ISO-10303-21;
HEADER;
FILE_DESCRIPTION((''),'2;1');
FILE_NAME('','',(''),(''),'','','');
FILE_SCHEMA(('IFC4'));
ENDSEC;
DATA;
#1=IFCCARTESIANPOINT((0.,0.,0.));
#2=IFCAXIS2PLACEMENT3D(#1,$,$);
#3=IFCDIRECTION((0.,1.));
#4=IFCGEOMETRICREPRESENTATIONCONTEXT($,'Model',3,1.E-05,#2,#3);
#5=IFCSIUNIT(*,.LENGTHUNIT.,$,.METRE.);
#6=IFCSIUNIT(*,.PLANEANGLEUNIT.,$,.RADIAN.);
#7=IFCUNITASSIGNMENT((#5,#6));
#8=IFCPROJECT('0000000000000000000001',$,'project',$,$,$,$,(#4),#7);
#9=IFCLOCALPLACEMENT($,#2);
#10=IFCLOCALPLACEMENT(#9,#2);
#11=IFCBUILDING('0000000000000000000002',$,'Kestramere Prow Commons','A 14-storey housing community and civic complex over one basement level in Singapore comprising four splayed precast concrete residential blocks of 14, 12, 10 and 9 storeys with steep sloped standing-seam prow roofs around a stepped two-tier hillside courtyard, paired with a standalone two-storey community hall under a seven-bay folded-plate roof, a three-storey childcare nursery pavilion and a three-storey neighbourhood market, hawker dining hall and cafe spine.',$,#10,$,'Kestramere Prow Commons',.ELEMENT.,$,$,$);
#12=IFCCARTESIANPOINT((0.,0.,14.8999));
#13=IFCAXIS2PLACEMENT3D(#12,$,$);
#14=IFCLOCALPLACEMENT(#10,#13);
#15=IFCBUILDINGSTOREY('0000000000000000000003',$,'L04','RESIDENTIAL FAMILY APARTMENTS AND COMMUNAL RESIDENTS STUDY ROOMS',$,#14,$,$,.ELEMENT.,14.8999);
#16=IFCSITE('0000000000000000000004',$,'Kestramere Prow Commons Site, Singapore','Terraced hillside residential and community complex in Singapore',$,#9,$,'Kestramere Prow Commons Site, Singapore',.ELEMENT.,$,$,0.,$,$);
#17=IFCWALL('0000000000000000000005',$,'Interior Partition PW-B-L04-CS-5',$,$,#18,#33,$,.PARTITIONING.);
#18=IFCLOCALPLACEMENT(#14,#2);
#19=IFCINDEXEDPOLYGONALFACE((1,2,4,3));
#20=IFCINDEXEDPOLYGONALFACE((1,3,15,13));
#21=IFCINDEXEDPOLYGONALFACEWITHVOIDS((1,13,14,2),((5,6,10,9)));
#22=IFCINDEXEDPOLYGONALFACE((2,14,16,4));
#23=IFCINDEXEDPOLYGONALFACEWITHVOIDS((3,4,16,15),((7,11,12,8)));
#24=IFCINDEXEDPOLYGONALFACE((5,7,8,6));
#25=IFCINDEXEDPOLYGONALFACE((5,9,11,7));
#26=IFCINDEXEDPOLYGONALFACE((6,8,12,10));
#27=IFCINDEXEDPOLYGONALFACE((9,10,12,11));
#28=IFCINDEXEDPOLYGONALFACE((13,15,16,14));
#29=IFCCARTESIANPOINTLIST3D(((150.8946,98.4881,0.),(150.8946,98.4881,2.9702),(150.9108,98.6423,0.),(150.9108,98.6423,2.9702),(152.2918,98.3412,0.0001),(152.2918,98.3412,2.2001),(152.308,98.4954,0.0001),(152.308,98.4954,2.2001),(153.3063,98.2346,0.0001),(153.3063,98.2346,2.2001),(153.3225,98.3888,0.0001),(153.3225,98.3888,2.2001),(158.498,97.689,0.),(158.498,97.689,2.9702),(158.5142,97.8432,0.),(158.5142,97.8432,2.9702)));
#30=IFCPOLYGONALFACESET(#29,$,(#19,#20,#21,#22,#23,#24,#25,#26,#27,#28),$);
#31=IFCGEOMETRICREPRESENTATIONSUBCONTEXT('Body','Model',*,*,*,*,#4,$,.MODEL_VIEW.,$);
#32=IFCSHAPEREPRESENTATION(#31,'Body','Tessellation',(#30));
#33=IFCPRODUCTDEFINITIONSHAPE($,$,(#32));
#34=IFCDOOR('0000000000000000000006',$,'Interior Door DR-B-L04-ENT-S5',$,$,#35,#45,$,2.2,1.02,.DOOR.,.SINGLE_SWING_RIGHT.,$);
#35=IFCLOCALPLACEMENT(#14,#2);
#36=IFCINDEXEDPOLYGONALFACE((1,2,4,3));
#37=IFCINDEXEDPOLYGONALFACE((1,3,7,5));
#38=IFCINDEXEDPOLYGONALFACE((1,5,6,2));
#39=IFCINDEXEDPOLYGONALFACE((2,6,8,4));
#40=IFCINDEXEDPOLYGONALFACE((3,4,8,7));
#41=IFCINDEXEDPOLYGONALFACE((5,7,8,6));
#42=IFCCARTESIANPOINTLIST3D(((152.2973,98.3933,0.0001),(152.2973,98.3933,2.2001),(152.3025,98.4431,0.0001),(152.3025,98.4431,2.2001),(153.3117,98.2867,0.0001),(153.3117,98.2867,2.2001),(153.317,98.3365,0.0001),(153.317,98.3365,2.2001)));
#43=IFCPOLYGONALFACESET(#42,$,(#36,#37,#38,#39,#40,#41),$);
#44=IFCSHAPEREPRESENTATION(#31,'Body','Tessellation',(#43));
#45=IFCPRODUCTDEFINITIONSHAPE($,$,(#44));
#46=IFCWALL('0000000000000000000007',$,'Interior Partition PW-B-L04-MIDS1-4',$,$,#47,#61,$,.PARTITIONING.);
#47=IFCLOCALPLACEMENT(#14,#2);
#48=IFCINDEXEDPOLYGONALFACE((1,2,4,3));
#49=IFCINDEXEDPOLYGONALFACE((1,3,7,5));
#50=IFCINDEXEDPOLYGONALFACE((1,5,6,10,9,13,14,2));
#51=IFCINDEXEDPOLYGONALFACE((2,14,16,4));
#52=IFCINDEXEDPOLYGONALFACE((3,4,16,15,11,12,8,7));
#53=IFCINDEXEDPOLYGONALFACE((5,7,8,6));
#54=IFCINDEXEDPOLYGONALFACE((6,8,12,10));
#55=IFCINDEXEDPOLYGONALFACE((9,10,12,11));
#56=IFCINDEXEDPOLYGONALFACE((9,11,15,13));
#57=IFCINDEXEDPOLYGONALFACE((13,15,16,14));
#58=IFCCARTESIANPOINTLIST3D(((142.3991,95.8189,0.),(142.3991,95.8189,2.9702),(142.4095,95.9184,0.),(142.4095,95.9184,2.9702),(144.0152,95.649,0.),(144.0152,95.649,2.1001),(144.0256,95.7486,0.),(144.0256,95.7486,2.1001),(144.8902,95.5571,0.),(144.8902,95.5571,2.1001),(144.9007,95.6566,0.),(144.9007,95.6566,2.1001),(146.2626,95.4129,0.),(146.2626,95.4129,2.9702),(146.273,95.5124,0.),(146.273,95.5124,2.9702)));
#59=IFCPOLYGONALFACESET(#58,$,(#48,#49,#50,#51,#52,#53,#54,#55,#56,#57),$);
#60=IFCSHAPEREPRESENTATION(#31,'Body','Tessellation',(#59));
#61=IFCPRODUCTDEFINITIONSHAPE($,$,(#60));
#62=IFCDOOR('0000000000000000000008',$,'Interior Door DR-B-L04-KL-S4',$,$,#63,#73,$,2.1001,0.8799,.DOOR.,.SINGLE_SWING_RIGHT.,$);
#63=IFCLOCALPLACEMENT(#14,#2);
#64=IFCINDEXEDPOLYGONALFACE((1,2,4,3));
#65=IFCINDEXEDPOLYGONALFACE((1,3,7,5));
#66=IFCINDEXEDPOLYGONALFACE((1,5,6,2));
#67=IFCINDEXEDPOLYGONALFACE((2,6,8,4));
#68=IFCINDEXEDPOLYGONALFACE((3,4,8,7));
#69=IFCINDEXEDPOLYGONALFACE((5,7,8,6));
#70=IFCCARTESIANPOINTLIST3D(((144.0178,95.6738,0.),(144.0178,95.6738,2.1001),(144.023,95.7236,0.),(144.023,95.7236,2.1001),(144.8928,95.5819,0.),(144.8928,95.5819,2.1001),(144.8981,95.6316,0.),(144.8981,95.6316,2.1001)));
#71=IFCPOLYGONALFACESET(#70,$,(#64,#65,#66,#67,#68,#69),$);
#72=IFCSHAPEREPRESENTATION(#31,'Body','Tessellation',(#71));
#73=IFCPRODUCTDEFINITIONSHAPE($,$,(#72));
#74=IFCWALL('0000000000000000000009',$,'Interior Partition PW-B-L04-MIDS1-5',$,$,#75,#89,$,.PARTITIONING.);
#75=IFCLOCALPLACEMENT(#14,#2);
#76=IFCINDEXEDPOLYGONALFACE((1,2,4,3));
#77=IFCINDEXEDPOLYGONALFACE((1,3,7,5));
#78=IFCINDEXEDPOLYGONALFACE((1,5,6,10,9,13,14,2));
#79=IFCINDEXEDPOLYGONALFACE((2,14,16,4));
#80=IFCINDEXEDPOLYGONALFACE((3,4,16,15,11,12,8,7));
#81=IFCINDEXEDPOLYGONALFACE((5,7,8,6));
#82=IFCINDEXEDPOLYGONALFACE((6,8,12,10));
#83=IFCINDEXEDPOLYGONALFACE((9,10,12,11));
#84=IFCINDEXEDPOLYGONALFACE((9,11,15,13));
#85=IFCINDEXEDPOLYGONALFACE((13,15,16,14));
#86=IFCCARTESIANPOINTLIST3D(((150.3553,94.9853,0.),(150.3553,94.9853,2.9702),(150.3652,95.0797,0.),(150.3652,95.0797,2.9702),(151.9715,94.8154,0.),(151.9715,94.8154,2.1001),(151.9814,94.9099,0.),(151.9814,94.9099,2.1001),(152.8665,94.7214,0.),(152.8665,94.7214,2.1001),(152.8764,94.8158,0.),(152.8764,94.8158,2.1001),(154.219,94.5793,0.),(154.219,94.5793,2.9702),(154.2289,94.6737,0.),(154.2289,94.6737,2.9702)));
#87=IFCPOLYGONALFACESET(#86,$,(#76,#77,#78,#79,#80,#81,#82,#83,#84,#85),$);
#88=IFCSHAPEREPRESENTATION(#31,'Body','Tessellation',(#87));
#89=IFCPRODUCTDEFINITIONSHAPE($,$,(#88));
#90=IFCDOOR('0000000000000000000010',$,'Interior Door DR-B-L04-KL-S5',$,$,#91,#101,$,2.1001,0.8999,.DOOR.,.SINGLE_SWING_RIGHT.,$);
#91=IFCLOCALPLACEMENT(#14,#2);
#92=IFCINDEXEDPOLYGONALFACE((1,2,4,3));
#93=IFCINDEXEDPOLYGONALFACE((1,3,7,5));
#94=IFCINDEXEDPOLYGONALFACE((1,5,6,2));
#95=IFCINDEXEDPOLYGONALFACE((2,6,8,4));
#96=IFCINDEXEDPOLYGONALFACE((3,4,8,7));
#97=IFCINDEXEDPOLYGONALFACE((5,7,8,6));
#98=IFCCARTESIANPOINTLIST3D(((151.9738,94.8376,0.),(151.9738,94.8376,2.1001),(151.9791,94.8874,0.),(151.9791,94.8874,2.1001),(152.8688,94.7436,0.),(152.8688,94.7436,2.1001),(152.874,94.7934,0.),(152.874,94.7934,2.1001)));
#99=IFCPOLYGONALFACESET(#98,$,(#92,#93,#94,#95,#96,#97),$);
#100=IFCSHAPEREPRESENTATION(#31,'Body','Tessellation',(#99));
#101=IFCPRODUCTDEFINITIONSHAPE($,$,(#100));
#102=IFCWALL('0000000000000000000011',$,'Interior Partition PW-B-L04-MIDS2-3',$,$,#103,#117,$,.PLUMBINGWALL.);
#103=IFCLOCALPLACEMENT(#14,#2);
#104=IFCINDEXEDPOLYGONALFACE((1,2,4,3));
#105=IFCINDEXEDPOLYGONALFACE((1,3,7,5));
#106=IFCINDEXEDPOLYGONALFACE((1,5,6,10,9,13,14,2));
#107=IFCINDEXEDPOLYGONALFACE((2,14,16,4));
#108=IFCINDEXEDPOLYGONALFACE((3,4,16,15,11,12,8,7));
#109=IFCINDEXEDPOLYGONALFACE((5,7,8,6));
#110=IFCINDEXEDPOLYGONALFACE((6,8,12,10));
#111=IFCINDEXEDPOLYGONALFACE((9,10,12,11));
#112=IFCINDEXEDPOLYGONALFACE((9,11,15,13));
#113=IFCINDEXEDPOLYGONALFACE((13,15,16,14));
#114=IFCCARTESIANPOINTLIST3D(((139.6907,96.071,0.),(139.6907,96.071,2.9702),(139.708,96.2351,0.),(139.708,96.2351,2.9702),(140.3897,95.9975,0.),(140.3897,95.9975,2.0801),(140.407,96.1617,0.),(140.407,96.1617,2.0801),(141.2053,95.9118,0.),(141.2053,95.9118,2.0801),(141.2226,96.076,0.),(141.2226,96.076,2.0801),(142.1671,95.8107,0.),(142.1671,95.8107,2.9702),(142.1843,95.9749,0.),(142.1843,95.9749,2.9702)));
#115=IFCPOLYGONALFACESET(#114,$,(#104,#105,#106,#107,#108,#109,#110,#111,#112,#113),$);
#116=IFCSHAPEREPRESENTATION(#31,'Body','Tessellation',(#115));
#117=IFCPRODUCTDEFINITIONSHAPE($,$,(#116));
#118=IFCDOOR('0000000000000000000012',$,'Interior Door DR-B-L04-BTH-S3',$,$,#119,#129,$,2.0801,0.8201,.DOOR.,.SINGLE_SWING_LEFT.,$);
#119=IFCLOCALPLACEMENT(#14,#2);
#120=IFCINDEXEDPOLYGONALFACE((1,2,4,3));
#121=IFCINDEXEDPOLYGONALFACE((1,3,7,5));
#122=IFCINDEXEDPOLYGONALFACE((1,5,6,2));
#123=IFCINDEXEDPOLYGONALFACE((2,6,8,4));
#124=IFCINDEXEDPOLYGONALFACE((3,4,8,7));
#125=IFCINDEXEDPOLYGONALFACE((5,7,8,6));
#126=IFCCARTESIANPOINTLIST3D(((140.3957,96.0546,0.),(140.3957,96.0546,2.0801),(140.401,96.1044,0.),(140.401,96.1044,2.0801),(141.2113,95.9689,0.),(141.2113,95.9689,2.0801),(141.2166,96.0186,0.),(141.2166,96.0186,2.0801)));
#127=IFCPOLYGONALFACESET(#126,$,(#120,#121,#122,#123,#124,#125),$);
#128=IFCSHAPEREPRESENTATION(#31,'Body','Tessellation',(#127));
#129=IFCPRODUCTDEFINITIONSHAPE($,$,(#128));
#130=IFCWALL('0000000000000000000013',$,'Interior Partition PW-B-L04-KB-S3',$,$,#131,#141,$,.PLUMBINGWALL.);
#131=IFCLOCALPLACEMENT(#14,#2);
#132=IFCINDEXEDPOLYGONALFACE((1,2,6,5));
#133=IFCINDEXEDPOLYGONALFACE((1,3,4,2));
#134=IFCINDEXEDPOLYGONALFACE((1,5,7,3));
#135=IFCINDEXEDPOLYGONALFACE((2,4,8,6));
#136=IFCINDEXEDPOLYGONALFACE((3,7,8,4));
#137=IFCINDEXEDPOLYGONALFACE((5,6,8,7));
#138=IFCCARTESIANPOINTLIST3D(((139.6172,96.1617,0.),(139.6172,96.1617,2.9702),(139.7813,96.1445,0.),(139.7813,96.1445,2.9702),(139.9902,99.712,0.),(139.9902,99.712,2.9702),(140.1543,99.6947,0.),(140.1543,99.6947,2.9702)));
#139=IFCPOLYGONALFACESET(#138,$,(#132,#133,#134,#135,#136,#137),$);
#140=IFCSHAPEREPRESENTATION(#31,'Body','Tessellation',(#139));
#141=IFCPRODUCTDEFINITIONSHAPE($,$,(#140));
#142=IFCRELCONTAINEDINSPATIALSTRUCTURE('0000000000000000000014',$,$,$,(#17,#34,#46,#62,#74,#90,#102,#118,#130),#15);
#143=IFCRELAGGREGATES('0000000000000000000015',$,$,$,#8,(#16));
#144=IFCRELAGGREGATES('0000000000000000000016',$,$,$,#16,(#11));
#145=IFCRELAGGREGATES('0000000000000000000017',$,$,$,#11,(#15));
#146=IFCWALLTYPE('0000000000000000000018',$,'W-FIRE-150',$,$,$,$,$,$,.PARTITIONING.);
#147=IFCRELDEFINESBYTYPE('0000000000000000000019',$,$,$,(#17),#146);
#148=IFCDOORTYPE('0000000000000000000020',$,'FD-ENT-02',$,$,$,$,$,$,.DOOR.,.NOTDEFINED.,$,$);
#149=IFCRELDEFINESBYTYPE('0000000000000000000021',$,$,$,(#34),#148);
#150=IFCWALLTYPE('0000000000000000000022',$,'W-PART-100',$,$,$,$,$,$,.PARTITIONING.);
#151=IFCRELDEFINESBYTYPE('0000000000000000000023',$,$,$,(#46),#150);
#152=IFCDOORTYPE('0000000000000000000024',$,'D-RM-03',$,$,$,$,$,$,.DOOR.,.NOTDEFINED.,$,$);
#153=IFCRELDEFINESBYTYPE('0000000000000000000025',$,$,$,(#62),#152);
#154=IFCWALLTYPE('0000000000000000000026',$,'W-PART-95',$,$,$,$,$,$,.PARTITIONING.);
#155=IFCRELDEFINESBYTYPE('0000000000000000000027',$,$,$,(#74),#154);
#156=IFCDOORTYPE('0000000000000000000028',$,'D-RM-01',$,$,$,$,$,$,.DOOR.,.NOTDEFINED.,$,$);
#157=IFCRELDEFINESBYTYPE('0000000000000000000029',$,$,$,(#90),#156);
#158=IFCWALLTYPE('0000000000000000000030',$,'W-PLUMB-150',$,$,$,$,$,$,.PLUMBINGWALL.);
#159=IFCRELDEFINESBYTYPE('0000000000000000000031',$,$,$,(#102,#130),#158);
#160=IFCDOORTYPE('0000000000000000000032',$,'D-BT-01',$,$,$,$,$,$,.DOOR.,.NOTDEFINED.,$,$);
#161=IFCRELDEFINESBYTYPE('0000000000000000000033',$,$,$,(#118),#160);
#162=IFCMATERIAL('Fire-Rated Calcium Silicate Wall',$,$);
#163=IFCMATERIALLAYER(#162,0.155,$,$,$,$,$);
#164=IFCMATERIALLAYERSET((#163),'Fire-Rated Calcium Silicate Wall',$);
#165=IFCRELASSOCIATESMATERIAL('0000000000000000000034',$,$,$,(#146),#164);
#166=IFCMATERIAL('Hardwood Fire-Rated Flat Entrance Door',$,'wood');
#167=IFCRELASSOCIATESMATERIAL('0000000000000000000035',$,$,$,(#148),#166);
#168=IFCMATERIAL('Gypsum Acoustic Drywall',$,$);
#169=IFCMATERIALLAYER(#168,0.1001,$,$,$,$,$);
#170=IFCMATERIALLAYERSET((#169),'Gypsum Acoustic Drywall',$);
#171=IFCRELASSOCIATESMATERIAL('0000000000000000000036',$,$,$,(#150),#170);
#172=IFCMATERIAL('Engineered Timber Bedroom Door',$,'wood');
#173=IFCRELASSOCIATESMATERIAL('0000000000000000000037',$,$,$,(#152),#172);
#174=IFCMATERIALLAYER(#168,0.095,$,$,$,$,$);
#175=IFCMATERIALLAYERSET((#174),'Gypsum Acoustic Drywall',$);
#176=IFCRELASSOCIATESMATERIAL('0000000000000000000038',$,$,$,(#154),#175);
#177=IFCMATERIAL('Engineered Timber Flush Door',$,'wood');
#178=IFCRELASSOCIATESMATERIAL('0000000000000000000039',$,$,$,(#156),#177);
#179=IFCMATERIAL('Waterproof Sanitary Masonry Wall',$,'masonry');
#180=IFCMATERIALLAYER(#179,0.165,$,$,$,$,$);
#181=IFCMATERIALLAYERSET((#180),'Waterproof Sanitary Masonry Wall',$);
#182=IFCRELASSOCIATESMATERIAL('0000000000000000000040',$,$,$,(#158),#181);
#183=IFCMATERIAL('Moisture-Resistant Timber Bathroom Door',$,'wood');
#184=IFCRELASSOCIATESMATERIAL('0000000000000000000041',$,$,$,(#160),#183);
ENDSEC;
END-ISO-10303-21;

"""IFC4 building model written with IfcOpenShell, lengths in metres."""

from ifc_helpers import new_model, si_unit, direction, frame, frame_2d, origin, place, context, subcontext, project, spatial, rectangle, extrude, material, layer, layer_set, type_object, element, fill, save


model = new_model("IFC4")

# Units and contexts
model_context = context("Model", 3, precision=1e-05, world=origin(), true_north=direction((0.0, 1.0)))
body_context = subcontext(model_context, "Body", "Model", "MODEL_VIEW")
ifc_project = project(units=[si_unit("LENGTHUNIT", "METRE"), si_unit("PLANEANGLEUNIT", "RADIAN")], contexts=[model_context])

# Site, building, storey
site_placement = place(None, origin())
site = spatial("IfcSite", under=ifc_project, at=site_placement, Name="Kestramere Prow Commons Site, Singapore", Description="Terraced hillside residential and community complex in Singapore", LongName="Kestramere Prow Commons Site, Singapore", CompositionType="ELEMENT", RefElevation=0.0)
building_placement = place(site_placement, origin())
building = spatial("IfcBuilding", under=site, at=building_placement, Name="Kestramere Prow Commons", Description="A 14-storey housing community and civic complex over one basement level in Singapore comprising four splayed precast concrete residential blocks of 14, 12, 10 and 9 storeys with steep sloped standing-seam prow roofs around a stepped two-tier hillside courtyard, paired with a standalone two-storey community hall under a seven-bay folded-plate roof, a three-storey childcare nursery pavilion and a three-storey neighbourhood market, hawker dining hall and cafe spine.", LongName="Kestramere Prow Commons", CompositionType="ELEMENT")
storey_placement = place(building_placement, frame((0.0, 0.0, 14.8999)))
storey = spatial("IfcBuildingStorey", under=building, at=storey_placement, Name="L04", Description="RESIDENTIAL FAMILY APARTMENTS AND COMMUNAL RESIDENTS STUDY ROOMS", CompositionType="ELEMENT", Elevation=14.8999)

# Walls, openings, doors
ifc_material_1 = material(Name="Fire-Rated Calcium Silicate Wall")
ifc_layer_1 = layer(ifc_material_1, 0.155)
ifc_layer_set_1 = layer_set([ifc_layer_1], Name="Fire-Rated Calcium Silicate Wall")
wall_type_1 = type_object("IfcWallType", Name="W-FIRE-150", PredefinedType="PARTITIONING", material=ifc_layer_set_1)
ifc_material_2 = material(Name="Hardwood Fire-Rated Flat Entrance Door", Category="wood")
wall_1_placement = place(storey_placement, frame((150.9026, 98.5652, 0.0), z_axis=(0.0, 0.0, 1.0), x_axis=(0.994523, -0.10452, 0.0)))
wall_1 = element("IfcWall", 1, at=wall_1_placement, inside=storey, type_object=wall_type_1, Name="Interior Partition PW-B-L04-CS-5", PredefinedType="PARTITIONING", context=body_context, shape_type="SweptSolid", body=[
    extrude(rectangle(XDim=7.6453, YDim=0.155, at=frame_2d((3.8228, 0.0))), origin(), (0.0, 0.0, 1.0), 2.9702),
])
opening_1_placement = place(wall_1_placement, frame((1.405, 0.0, 0.0)))
opening_1 = element("IfcOpeningElement", 2, at=opening_1_placement, cuts=wall_1, PredefinedType="OPENING", context=body_context, shape_type="SweptSolid", body=[
    extrude(rectangle(XDim=1.02, YDim=2.2, at=frame_2d((0.51, 1.1001))), frame((0.0, 0.0925, 0.0), z_axis=(0.0, -1.0, 0.0), x_axis=(1.0, 0.0, 0.0)), (0.0, 0.0, 1.0), 0.1851),
])
door_type_1 = type_object("IfcDoorType", Name="FD-ENT-02", OperationType="NOTDEFINED", PredefinedType="DOOR", material=ifc_material_2)
door_1_placement = place(opening_1_placement, origin())
door_1 = element("IfcDoor", 3, at=door_1_placement, inside=storey, type_object=door_type_1, Name="Interior Door DR-B-L04-ENT-S5", OperationType="SINGLE_SWING_RIGHT", OverallHeight=2.2, OverallWidth=1.02, PredefinedType="DOOR", context=body_context, shape_type="SweptSolid", body=[
    extrude(rectangle(XDim=1.02, YDim=2.2, at=frame_2d((0.51, 1.1001))), frame((0.0, 0.0249, 0.0), z_axis=(0.0, -1.0, 0.0), x_axis=(1.0, 0.0, 0.0)), (0.0, 0.0, 1.0), 0.05),
])
fill(opening_1, door_1)
ifc_material_3 = material(Name="Gypsum Acoustic Drywall")
ifc_layer_2 = layer(ifc_material_3, 0.1001)
ifc_layer_set_2 = layer_set([ifc_layer_2], Name="Gypsum Acoustic Drywall")
wall_type_2 = type_object("IfcWallType", Name="W-PART-100", PredefinedType="PARTITIONING", material=ifc_layer_set_2)
wall_2_placement = place(storey_placement, frame((142.4043, 95.8687, 0.0), z_axis=(0.0, 0.0, 1.0), x_axis=(0.994524, -0.104511, 0.0)))
wall_2 = element("IfcWall", 4, at=wall_2_placement, inside=storey, type_object=wall_type_2, Name="Interior Partition PW-B-L04-MIDS1-4", PredefinedType="PARTITIONING", context=body_context, shape_type="SweptSolid", body=[
    extrude(rectangle(XDim=3.8848, YDim=0.1001, at=frame_2d((1.9424, 0.0))), origin(), (0.0, 0.0, 1.0), 2.9702),
])
opening_2_placement = place(wall_2_placement, frame((1.625, 0.0, 0.0)))
opening_2 = element("IfcOpeningElement", 5, at=opening_2_placement, cuts=wall_2, PredefinedType="OPENING", context=body_context, shape_type="SweptSolid", body=[
    extrude(rectangle(XDim=0.8799, YDim=2.1001, at=frame_2d((0.4399, 1.05))), frame((0.0, 0.0649, 0.0), z_axis=(0.0, -1.0, 0.0), x_axis=(1.0, 0.0, 0.0)), (0.0, 0.0, 1.0), 0.1301),
])
ifc_material_4 = material(Name="Engineered Timber Bedroom Door", Category="wood")
door_type_2 = type_object("IfcDoorType", Name="D-RM-03", OperationType="NOTDEFINED", PredefinedType="DOOR", material=ifc_material_4)
door_2_placement = place(opening_2_placement, origin())
door_2 = element("IfcDoor", 6, at=door_2_placement, inside=storey, type_object=door_type_2, Name="Interior Door DR-B-L04-KL-S4", OperationType="SINGLE_SWING_RIGHT", OverallHeight=2.1001, OverallWidth=0.8799, PredefinedType="DOOR", context=body_context, shape_type="SweptSolid", body=[
    extrude(rectangle(XDim=0.8799, YDim=2.1001, at=frame_2d((0.4399, 1.05))), frame((0.0, 0.0249, 0.0), z_axis=(0.0, -1.0, 0.0), x_axis=(1.0, 0.0, 0.0)), (0.0, 0.0, 1.0), 0.05),
])
fill(opening_2, door_2)
ifc_layer_3 = layer(ifc_material_3, 0.095)
ifc_layer_set_3 = layer_set([ifc_layer_3], Name="Gypsum Acoustic Drywall")
wall_type_3 = type_object("IfcWallType", Name="W-PART-95", PredefinedType="PARTITIONING", material=ifc_layer_set_3)
wall_3_placement = place(storey_placement, frame((150.3604, 95.0325, 0.0), z_axis=(0.0, 0.0, 1.0), x_axis=(0.994524, -0.104505, 0.0)))
wall_3 = element("IfcWall", 7, at=wall_3_placement, inside=storey, type_object=wall_type_3, Name="Interior Partition PW-B-L04-MIDS1-5", PredefinedType="PARTITIONING", context=body_context, shape_type="SweptSolid", body=[
    extrude(rectangle(XDim=3.885, YDim=0.095, at=frame_2d((1.9424, 0.0))), origin(), (0.0, 0.0, 1.0), 2.9702),
])
opening_3_placement = place(wall_3_placement, frame((1.625, 0.0, 0.0)))
opening_3 = element("IfcOpeningElement", 8, at=opening_3_placement, cuts=wall_3, PredefinedType="OPENING", context=body_context, shape_type="SweptSolid", body=[
    extrude(rectangle(XDim=0.8999, YDim=2.1001, at=frame_2d((0.45, 1.05))), frame((0.0, 0.0625, 0.0), z_axis=(0.0, -1.0, 0.0), x_axis=(1.0, 0.0, 0.0)), (0.0, 0.0, 1.0), 0.125),
])
ifc_material_5 = material(Name="Engineered Timber Flush Door", Category="wood")
door_type_3 = type_object("IfcDoorType", Name="D-RM-01", OperationType="NOTDEFINED", PredefinedType="DOOR", material=ifc_material_5)
door_3_placement = place(opening_3_placement, origin())
door_3 = element("IfcDoor", 9, at=door_3_placement, inside=storey, type_object=door_type_3, Name="Interior Door DR-B-L04-KL-S5", OperationType="SINGLE_SWING_RIGHT", OverallHeight=2.1001, OverallWidth=0.8999, PredefinedType="DOOR", context=body_context, shape_type="SweptSolid", body=[
    extrude(rectangle(XDim=0.8999, YDim=2.1001, at=frame_2d((0.45, 1.05))), frame((0.0, 0.0249, 0.0), z_axis=(0.0, -1.0, 0.0), x_axis=(1.0, 0.0, 0.0)), (0.0, 0.0, 1.0), 0.05),
])
fill(opening_3, door_3)
ifc_material_6 = material(Name="Waterproof Sanitary Masonry Wall", Category="masonry")
ifc_layer_4 = layer(ifc_material_6, 0.165)
ifc_layer_set_4 = layer_set([ifc_layer_4], Name="Waterproof Sanitary Masonry Wall")
wall_type_4 = type_object("IfcWallType", Name="W-PLUMB-150", PredefinedType="PLUMBINGWALL", material=ifc_layer_set_4)
wall_4_placement = place(storey_placement, frame((139.6992, 96.1531, 0.0), z_axis=(0.0, 0.0, 1.0), x_axis=(0.994523, -0.104521, 0.0)))
wall_4 = element("IfcWall", 10, at=wall_4_placement, inside=storey, type_object=wall_type_4, Name="Interior Partition PW-B-L04-MIDS2-3", PredefinedType="PLUMBINGWALL", context=body_context, shape_type="SweptSolid", body=[
    extrude(rectangle(XDim=2.49, YDim=0.165, at=frame_2d((1.2451, 0.0))), origin(), (0.0, 0.0, 1.0), 2.9702),
])
opening_4_placement = place(wall_4_placement, frame((0.7029, 0.0, 0.0)))
opening_4 = element("IfcOpeningElement", 11, at=opening_4_placement, cuts=wall_4, PredefinedType="OPENING", context=body_context, shape_type="SweptSolid", body=[
    extrude(rectangle(XDim=0.8201, YDim=2.0801, at=frame_2d((0.4102, 1.04))), frame((0.0, 0.0974, 0.0), z_axis=(0.0, -1.0, 0.0), x_axis=(1.0, 0.0, 0.0)), (0.0, 0.0, 1.0), 0.1951),
])
ifc_material_7 = material(Name="Moisture-Resistant Timber Bathroom Door", Category="wood")
door_type_4 = type_object("IfcDoorType", Name="D-BT-01", OperationType="NOTDEFINED", PredefinedType="DOOR", material=ifc_material_7)
door_4_placement = place(opening_4_placement, origin())
door_4 = element("IfcDoor", 12, at=door_4_placement, inside=storey, type_object=door_type_4, Name="Interior Door DR-B-L04-BTH-S3", OperationType="SINGLE_SWING_LEFT", OverallHeight=2.0801, OverallWidth=0.8201, PredefinedType="DOOR", context=body_context, shape_type="SweptSolid", body=[
    extrude(rectangle(XDim=0.8201, YDim=2.0801, at=frame_2d((0.4102, 1.04))), frame((0.0, 0.0249, 0.0), z_axis=(0.0, -1.0, 0.0), x_axis=(1.0, 0.0, 0.0)), (0.0, 0.0, 1.0), 0.05),
])
fill(opening_4, door_4)

# Wall
wall_5_placement = place(storey_placement, frame((139.6992, 96.1531, 0.0), z_axis=(0.0, 0.0, 1.0), x_axis=(0.1045, 0.994525, 0.0)))
element("IfcWall", 13, at=wall_5_placement, inside=storey, type_object=wall_type_4, Name="Interior Partition PW-B-L04-KB-S3", PredefinedType="PLUMBINGWALL", context=body_context, shape_type="SweptSolid", body=[
    extrude(rectangle(XDim=3.5698, YDim=0.165, at=frame_2d((1.7849, 0.0))), origin(), (0.0, 0.0, 1.0), 2.9702),
])

save(model, "model.ifc")
